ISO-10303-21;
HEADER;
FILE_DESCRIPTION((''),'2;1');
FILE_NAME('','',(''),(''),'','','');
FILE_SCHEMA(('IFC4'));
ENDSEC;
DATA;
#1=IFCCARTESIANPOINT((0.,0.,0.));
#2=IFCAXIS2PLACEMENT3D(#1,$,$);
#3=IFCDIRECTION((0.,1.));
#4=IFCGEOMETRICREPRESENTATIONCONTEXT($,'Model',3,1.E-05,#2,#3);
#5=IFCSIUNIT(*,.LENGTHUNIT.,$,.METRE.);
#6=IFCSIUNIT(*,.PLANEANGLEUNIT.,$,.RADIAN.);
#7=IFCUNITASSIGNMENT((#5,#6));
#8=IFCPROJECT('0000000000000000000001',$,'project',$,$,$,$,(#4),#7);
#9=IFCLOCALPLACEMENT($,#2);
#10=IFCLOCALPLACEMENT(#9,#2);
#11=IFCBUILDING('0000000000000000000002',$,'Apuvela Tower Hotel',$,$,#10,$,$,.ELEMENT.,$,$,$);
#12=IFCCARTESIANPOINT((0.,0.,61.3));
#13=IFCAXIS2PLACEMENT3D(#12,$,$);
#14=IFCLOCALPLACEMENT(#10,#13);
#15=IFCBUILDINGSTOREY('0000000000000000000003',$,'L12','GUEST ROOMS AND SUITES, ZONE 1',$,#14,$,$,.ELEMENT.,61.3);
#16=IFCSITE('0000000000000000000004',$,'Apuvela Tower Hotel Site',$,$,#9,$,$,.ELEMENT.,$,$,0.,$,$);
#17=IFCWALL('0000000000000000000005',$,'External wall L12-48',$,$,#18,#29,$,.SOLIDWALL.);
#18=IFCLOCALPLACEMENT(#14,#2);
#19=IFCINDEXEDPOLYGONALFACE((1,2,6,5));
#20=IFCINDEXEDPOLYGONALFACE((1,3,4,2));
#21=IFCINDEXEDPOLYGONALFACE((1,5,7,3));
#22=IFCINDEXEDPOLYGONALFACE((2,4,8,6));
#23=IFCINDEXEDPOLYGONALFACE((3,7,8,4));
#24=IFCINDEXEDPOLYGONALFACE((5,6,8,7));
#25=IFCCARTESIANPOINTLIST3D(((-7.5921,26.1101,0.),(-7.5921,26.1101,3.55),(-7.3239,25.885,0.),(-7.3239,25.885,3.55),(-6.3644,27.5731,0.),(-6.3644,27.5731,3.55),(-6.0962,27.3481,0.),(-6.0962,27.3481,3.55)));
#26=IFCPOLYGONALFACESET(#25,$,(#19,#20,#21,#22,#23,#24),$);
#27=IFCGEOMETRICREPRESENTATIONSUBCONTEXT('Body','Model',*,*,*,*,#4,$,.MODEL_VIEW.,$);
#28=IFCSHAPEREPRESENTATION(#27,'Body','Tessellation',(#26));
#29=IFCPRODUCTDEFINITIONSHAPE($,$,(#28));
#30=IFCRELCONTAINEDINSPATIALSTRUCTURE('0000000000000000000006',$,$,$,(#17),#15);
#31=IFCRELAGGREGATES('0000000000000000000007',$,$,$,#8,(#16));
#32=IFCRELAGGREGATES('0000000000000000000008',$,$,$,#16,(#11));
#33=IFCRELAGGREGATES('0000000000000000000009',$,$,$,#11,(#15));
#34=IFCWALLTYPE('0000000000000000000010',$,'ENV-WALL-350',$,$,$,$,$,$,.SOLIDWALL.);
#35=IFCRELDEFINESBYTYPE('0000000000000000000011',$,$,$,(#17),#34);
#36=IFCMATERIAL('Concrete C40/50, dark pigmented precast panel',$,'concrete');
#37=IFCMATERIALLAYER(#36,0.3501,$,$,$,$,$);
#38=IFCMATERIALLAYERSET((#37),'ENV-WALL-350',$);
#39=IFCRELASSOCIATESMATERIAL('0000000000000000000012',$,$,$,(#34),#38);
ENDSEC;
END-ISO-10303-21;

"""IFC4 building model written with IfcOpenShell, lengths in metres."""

from ifc_helpers import new_model, si_unit, direction, frame, frame_2d, origin, place, context, subcontext, project, spatial, rectangle, extrude, material, layer, layer_set, type_object, element, save


model = new_model("IFC4")

# Units and contexts
model_context = context("Model", 3, precision=1e-05, world=origin(), true_north=direction((0.0, 1.0)))
body_context = subcontext(model_context, "Body", "Model", "MODEL_VIEW")
ifc_project = project(units=[si_unit("LENGTHUNIT", "METRE"), si_unit("PLANEANGLEUNIT", "RADIAN")], contexts=[model_context])

# Site, building, storey
site_placement = place(None, origin())
site = spatial("IfcSite", under=ifc_project, at=site_placement, Name="Apuvela Tower Hotel Site", CompositionType="ELEMENT", RefElevation=0.0)
building_placement = place(site_placement, origin())
building = spatial("IfcBuilding", under=site, at=building_placement, Name="Apuvela Tower Hotel", CompositionType="ELEMENT")
storey_placement = place(building_placement, frame((0.0, 0.0, 61.3)))
storey = spatial("IfcBuildingStorey", under=building, at=storey_placement, Name="L12", Description="GUEST ROOMS AND SUITES, ZONE 1", CompositionType="ELEMENT", Elevation=61.3)

# Shared definitions
ifc_material_1 = material(Name="Concrete C40/50, dark pigmented precast panel", Category="concrete")
ifc_layer_1 = layer(ifc_material_1, 0.3501)
ifc_layer_set_1 = layer_set([ifc_layer_1], Name="ENV-WALL-350")
wall_type_1 = type_object("IfcWallType", Name="ENV-WALL-350", PredefinedType="SOLIDWALL", material=ifc_layer_set_1)

# Wall
wall_1_placement = place(storey_placement, frame((-6.2302, 27.4607, 0.0), z_axis=(0.0, 0.0, 1.0), x_axis=(-0.642808, -0.766027, 0.0)))
element("IfcWall", 1, at=wall_1_placement, inside=storey, type_object=wall_type_1, Name="External wall L12-48", PredefinedType="SOLIDWALL", context=body_context, shape_type="SweptSolid", body=[
    extrude(rectangle(XDim=1.9099, YDim=0.3501, at=frame_2d((0.9551, 0.0))), origin(), (0.0, 0.0, 1.0), 3.55),
])

save(model, "model.ifc")
